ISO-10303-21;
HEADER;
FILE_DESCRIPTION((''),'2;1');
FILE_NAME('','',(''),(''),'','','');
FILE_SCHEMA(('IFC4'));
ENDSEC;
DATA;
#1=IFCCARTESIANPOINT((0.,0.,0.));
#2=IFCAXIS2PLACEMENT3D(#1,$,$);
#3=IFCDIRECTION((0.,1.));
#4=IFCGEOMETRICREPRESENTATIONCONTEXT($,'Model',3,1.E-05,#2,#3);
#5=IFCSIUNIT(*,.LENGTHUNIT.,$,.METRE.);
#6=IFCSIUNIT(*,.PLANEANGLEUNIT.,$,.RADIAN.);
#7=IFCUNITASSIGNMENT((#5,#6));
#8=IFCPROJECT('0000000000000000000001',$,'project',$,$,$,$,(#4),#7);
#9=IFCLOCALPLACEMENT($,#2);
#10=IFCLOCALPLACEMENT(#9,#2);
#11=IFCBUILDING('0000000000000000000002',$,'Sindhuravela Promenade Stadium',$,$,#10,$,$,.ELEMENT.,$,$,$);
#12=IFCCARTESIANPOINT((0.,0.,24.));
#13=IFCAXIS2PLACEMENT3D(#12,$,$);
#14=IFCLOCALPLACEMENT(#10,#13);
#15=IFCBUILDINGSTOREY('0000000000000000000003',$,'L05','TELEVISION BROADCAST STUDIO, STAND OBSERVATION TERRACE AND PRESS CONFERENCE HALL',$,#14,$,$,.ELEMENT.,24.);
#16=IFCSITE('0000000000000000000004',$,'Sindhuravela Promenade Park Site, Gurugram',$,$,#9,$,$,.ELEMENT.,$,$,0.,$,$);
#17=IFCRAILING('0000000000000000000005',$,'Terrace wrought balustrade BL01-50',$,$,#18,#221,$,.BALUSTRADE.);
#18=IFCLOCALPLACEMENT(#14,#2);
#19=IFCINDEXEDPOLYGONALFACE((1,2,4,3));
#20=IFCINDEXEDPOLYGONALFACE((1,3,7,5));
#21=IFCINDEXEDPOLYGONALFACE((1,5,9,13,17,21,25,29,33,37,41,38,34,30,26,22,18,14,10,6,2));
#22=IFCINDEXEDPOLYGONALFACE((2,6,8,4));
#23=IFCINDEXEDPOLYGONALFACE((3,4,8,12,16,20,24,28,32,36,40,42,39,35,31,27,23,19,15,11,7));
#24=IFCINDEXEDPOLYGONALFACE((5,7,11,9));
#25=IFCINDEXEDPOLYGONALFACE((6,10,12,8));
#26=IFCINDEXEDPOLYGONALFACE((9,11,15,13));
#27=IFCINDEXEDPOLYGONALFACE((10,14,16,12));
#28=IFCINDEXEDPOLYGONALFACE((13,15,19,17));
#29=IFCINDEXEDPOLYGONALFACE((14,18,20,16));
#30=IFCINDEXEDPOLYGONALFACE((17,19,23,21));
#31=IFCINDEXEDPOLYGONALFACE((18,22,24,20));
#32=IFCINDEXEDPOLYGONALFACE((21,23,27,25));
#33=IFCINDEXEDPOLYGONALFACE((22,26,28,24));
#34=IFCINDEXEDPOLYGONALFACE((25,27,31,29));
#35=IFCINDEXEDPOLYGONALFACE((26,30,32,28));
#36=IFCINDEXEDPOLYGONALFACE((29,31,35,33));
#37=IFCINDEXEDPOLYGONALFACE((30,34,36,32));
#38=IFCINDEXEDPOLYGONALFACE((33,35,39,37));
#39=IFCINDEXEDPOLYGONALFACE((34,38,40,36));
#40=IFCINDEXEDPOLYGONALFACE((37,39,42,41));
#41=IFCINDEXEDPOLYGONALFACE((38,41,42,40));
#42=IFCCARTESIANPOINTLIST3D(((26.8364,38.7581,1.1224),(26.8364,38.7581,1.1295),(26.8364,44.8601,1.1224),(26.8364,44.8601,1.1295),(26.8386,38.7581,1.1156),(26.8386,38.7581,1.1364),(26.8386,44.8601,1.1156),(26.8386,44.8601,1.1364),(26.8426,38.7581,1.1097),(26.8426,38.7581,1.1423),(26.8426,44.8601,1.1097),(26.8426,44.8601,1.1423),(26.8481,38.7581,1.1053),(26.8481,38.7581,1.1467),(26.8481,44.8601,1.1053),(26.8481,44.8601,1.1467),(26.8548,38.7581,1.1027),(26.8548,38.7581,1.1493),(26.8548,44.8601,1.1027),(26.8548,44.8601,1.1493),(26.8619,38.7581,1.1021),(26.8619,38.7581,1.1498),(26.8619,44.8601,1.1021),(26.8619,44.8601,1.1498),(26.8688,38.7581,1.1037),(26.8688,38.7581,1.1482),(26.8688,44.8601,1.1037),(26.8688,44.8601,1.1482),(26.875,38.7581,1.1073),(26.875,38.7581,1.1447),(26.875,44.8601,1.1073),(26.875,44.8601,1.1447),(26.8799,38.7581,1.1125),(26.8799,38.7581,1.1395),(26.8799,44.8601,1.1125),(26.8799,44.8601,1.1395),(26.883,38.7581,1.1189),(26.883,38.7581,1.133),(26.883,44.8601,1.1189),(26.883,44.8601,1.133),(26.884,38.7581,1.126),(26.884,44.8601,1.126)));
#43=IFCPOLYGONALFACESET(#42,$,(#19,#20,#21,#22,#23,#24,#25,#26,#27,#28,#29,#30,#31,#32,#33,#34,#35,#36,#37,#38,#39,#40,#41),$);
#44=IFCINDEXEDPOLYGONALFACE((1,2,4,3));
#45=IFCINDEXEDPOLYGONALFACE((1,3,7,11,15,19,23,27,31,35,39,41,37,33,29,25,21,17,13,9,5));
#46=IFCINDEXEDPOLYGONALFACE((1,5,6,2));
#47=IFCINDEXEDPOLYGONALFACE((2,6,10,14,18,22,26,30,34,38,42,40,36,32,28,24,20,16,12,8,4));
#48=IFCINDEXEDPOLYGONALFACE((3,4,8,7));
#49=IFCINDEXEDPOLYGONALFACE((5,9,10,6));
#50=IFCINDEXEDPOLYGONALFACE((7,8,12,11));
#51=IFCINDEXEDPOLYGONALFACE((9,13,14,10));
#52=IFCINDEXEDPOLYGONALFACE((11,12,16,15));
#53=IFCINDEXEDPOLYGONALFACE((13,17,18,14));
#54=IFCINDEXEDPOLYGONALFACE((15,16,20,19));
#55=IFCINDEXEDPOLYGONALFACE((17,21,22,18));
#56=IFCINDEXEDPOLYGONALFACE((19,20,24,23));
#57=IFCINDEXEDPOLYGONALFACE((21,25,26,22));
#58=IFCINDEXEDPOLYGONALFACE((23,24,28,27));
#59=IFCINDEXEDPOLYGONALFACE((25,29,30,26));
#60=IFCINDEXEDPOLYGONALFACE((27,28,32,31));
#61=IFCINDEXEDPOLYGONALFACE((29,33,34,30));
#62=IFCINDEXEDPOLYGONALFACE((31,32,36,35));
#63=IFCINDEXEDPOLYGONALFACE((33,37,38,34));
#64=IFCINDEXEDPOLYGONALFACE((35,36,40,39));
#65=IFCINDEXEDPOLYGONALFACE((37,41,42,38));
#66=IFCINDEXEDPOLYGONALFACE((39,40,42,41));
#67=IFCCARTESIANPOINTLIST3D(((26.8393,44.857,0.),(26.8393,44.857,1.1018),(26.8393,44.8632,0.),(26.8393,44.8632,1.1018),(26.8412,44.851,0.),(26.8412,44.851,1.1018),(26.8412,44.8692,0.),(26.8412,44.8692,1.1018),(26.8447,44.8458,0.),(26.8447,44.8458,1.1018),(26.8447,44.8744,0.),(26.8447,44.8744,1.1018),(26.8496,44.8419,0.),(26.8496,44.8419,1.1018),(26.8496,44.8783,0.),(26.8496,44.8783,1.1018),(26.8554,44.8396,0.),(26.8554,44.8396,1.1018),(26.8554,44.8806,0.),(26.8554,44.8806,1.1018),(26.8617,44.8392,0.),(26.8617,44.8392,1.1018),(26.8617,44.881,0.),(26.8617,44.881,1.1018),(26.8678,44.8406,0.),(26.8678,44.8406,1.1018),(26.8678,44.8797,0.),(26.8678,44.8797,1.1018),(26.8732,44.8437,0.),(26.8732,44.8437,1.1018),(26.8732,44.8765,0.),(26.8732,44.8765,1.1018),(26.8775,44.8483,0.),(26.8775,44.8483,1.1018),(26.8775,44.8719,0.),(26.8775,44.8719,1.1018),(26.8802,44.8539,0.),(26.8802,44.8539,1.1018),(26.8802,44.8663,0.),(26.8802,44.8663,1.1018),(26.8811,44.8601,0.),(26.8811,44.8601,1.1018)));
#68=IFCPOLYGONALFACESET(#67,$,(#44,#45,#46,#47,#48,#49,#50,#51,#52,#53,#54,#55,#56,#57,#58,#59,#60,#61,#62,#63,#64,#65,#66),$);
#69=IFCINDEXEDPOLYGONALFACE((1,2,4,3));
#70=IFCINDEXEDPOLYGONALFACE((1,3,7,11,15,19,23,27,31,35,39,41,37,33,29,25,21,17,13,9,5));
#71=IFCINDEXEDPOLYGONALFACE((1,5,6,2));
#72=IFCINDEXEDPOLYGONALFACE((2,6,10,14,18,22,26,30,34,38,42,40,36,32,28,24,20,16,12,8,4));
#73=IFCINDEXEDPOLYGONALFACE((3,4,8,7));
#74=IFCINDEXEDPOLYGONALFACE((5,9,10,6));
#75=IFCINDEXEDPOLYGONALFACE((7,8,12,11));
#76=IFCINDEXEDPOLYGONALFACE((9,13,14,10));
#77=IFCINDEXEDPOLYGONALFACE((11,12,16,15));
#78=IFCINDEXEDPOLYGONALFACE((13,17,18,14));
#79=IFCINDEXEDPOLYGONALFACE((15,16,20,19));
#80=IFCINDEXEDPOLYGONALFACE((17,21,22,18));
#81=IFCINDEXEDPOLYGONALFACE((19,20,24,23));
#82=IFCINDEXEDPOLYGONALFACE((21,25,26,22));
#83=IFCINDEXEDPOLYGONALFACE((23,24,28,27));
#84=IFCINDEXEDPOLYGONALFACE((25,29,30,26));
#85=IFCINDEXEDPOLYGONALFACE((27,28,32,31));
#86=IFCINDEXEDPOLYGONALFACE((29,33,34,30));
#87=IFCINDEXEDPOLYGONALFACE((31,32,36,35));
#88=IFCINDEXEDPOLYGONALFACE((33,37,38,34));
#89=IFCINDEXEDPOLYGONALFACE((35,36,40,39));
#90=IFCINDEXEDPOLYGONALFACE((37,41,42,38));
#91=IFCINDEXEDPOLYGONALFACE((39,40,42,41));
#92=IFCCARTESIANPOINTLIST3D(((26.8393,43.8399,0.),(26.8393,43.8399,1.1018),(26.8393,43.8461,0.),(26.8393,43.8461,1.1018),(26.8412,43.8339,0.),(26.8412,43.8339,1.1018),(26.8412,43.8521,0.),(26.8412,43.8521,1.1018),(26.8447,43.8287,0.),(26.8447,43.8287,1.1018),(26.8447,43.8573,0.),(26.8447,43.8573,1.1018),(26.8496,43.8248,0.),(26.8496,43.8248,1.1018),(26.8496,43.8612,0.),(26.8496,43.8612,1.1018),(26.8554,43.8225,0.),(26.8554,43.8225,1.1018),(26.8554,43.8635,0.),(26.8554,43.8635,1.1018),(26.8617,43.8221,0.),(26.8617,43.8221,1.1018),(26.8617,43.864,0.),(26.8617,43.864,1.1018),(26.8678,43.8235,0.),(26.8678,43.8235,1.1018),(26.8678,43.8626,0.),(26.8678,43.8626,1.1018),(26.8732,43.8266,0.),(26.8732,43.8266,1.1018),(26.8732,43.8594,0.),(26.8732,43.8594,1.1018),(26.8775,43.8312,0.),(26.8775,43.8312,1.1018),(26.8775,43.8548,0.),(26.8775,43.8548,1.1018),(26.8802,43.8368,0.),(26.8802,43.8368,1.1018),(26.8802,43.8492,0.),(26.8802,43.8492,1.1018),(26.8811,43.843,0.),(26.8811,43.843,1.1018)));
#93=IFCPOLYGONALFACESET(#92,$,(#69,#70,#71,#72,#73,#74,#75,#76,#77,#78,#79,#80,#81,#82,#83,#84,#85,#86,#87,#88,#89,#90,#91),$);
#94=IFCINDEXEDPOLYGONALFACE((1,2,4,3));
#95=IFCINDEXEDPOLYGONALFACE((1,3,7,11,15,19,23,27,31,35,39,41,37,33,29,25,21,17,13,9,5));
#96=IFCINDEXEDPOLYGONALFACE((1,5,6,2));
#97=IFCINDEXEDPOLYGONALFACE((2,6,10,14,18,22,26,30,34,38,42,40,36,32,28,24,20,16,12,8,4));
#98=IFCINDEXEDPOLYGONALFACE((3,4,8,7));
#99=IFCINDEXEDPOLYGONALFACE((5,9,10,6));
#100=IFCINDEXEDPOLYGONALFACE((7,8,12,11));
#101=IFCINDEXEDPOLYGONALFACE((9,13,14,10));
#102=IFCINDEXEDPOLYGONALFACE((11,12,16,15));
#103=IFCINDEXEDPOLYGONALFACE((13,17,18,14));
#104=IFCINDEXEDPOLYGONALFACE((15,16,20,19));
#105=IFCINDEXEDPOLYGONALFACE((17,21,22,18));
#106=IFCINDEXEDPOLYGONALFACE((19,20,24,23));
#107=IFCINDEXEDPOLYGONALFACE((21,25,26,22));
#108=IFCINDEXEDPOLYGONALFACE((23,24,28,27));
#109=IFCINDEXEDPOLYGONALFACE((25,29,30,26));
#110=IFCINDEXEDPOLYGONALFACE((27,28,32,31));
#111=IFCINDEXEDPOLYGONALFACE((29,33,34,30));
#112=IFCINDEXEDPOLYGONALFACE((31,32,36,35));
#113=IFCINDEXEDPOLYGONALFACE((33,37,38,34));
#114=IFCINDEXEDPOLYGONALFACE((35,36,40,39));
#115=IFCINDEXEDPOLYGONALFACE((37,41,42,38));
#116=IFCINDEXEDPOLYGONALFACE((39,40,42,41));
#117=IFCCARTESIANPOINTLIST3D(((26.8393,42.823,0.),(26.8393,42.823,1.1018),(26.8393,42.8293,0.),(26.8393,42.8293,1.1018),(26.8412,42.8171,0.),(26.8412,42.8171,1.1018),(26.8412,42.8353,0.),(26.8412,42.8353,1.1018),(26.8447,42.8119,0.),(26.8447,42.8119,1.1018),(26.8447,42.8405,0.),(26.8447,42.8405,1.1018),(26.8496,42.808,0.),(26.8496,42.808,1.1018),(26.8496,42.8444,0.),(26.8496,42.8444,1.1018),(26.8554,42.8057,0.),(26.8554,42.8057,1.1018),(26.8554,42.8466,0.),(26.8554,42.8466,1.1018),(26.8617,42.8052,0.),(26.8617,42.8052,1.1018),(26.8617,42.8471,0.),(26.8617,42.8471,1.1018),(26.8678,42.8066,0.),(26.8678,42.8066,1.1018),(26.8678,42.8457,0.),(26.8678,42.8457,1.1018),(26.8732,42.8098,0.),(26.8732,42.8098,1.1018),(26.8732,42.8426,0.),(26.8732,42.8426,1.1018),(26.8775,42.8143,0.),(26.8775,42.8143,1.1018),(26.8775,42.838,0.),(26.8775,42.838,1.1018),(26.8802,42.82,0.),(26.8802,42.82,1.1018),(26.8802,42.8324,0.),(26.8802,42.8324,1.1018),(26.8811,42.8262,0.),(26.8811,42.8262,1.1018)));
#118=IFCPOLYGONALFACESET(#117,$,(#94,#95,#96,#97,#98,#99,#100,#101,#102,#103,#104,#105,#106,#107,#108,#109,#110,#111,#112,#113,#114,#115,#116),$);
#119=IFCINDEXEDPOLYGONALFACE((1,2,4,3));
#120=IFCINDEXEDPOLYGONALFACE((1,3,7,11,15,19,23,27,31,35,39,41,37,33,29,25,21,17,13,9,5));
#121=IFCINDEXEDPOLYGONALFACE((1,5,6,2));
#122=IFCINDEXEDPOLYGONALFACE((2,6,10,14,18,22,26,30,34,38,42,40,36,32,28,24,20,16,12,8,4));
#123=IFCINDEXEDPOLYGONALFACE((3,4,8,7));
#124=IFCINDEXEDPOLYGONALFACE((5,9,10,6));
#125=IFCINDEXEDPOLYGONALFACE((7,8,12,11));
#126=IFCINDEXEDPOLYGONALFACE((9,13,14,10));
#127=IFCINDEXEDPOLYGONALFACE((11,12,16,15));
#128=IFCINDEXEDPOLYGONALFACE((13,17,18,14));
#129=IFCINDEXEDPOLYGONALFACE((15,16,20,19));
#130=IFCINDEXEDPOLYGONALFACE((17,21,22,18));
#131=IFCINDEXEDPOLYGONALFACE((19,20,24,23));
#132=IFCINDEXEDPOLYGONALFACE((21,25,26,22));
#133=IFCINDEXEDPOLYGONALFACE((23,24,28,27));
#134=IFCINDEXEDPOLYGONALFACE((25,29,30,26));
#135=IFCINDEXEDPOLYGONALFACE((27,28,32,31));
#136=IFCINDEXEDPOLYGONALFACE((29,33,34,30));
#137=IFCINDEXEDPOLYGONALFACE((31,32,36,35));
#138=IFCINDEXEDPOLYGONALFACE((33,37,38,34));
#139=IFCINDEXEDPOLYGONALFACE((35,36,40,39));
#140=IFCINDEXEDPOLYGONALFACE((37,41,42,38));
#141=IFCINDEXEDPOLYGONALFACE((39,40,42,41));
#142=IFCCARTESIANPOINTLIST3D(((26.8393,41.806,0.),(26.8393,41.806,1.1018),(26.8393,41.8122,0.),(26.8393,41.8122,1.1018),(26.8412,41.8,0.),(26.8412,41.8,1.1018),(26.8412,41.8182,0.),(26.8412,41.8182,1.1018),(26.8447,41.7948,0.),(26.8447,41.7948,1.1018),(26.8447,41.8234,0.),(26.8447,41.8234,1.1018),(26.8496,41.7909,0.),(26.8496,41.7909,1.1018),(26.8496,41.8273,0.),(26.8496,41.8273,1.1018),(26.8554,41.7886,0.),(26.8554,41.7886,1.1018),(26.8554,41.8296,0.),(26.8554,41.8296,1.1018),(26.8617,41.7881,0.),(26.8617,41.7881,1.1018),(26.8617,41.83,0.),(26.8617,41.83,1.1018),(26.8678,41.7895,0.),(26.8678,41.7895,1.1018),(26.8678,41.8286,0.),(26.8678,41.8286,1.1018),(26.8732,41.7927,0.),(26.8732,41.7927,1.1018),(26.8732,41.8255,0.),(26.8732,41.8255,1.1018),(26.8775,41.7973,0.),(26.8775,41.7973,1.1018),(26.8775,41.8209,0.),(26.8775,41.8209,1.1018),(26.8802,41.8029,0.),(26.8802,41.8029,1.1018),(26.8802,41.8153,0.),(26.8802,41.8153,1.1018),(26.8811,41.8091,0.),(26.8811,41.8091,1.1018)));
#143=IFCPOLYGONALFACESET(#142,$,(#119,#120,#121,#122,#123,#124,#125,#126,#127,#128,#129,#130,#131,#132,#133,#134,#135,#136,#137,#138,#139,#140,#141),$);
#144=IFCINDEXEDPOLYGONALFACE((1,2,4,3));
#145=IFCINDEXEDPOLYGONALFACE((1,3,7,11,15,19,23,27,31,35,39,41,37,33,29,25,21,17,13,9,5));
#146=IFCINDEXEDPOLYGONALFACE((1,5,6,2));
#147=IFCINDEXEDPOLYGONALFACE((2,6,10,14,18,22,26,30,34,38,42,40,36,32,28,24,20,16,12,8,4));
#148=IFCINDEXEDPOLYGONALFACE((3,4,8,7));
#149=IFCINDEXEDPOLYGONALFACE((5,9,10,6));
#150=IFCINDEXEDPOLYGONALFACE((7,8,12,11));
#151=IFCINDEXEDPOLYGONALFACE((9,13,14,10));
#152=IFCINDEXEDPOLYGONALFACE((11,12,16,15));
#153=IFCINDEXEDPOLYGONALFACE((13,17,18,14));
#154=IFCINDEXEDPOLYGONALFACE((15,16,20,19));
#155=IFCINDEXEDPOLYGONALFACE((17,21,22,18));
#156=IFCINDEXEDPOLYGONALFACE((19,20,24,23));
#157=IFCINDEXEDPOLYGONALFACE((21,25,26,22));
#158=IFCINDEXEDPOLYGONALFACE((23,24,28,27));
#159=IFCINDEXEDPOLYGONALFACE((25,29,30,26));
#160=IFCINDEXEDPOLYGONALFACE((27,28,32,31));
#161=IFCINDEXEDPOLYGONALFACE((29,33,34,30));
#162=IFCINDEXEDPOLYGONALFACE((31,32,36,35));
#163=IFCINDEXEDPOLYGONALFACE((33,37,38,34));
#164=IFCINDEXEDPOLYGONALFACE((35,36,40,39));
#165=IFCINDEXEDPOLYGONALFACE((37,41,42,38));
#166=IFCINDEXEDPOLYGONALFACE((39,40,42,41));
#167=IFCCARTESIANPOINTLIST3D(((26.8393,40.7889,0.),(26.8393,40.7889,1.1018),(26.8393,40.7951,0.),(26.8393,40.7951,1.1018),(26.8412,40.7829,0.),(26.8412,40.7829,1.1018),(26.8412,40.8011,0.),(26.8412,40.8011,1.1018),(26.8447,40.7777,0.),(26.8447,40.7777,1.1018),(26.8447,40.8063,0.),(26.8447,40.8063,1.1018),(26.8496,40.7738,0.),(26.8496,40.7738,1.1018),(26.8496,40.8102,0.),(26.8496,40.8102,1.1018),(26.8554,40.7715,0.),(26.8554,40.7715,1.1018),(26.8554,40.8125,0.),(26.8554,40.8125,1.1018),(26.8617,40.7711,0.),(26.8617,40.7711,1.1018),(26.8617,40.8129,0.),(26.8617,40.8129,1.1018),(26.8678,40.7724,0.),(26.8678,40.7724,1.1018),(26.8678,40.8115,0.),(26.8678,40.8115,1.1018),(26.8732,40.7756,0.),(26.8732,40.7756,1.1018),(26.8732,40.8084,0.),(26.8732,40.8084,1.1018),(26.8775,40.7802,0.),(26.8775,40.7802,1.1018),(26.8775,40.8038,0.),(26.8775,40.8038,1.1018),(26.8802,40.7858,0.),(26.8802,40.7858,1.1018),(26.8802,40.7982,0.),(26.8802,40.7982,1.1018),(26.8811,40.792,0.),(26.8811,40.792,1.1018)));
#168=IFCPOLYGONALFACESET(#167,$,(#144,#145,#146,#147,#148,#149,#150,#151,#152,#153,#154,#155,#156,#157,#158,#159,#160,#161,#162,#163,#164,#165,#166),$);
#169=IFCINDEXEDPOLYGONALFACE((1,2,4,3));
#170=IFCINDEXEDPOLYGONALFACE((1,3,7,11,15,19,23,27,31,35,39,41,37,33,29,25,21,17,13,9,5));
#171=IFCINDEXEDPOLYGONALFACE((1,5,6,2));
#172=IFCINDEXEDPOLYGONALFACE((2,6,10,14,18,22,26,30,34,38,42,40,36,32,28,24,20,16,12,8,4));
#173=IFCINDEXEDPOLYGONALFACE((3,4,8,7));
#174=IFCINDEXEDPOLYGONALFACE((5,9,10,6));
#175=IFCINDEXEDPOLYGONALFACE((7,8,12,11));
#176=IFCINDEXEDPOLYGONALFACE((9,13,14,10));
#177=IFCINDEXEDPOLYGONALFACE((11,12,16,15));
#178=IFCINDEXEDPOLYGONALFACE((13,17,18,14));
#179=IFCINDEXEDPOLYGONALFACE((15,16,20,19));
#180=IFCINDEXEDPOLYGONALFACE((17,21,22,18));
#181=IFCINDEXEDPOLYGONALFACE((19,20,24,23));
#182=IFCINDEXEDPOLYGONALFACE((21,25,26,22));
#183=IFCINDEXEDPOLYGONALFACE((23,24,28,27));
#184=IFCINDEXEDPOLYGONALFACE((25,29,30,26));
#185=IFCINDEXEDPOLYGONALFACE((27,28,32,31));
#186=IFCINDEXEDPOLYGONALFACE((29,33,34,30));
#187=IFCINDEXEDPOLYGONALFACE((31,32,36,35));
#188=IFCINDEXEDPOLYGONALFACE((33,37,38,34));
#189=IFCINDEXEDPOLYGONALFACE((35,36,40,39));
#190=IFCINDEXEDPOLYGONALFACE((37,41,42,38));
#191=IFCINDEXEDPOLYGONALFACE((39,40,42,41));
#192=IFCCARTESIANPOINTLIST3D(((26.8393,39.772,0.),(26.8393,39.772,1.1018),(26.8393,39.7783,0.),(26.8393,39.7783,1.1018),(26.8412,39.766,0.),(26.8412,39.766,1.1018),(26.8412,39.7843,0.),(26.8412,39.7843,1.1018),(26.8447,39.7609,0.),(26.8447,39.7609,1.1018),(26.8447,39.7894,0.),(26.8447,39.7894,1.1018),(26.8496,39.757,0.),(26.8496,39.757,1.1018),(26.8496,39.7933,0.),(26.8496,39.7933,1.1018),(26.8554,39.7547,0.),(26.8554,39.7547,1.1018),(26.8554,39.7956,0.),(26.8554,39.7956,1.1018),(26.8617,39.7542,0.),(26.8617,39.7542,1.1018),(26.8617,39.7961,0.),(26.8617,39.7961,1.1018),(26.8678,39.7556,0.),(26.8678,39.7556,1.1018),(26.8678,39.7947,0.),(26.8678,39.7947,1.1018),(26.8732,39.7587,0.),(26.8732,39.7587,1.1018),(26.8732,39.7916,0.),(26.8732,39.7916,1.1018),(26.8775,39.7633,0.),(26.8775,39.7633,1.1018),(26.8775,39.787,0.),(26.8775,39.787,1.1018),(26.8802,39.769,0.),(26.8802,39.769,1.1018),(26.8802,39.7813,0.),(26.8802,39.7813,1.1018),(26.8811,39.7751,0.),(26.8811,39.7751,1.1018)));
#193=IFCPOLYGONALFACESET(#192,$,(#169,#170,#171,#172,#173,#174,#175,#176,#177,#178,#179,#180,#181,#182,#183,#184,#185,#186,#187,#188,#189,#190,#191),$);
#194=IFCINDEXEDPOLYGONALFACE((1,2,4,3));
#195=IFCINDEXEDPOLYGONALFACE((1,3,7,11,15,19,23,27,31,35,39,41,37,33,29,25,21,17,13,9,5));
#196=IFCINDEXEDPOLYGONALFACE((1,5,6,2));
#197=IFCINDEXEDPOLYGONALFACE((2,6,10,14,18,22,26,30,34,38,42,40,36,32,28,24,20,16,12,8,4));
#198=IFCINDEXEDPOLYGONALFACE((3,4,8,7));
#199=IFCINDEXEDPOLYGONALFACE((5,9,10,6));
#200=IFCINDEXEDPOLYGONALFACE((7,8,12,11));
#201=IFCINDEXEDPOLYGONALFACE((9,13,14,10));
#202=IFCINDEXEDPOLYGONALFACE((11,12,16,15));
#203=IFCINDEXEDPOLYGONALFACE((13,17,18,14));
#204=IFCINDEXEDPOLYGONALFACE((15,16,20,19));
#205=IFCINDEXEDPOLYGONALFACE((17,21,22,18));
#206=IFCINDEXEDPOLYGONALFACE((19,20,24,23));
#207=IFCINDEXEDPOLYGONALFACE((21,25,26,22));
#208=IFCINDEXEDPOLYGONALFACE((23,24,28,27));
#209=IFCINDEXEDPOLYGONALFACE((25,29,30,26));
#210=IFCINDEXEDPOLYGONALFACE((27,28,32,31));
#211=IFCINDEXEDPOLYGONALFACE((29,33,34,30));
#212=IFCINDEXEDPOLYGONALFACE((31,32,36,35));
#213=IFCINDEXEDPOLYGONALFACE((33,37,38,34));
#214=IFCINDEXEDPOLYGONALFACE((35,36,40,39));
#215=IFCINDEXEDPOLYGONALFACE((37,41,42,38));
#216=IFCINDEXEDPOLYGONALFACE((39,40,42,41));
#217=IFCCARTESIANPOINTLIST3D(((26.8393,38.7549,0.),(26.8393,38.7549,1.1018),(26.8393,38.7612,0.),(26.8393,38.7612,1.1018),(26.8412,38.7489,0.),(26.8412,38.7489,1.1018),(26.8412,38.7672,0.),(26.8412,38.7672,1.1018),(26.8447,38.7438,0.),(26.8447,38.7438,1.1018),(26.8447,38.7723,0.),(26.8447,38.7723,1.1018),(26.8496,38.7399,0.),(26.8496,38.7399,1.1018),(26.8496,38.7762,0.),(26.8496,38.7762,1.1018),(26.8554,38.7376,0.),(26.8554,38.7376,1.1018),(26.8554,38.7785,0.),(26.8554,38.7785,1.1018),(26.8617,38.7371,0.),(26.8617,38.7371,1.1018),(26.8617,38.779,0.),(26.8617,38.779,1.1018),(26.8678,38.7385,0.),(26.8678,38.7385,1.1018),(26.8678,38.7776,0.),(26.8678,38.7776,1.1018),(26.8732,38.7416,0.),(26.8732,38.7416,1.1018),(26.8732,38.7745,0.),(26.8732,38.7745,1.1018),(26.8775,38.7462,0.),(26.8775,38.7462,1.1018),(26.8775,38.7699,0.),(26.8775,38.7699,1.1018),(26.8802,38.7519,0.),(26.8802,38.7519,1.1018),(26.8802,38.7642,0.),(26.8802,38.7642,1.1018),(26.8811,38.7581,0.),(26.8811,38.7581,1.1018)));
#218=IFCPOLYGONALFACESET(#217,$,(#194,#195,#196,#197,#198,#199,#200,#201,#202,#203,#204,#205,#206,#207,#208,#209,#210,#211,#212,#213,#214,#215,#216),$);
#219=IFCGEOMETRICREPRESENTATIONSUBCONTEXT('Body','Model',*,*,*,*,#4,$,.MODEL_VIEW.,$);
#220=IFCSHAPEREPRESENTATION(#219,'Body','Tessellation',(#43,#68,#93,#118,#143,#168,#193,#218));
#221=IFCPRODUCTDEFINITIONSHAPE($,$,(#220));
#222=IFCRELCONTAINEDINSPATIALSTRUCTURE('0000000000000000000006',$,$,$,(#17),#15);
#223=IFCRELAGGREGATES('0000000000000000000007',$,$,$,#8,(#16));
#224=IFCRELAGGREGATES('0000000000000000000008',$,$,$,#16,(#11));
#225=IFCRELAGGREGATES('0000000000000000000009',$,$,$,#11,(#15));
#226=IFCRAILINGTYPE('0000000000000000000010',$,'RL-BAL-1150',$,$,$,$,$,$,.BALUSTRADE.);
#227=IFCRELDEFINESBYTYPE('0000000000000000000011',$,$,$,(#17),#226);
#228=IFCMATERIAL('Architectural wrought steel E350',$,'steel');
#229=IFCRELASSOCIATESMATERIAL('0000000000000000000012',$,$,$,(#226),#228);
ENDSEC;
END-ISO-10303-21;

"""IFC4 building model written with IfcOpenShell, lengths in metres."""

from ifc_helpers import new_model, si_unit, direction, frame, origin, origin_2d, place, context, subcontext, project, spatial, circle, extrude, material, type_object, element, save


model = new_model("IFC4")

# Units and contexts
model_context = context("Model", 3, precision=1e-05, world=origin(), true_north=direction((0.0, 1.0)))
body_context = subcontext(model_context, "Body", "Model", "MODEL_VIEW")
ifc_project = project(units=[si_unit("LENGTHUNIT", "METRE"), si_unit("PLANEANGLEUNIT", "RADIAN")], contexts=[model_context])

# Site, building, storey
site_placement = place(None, origin())
site = spatial("IfcSite", under=ifc_project, at=site_placement, Name="Sindhuravela Promenade Park Site, Gurugram", CompositionType="ELEMENT", RefElevation=0.0)
building_placement = place(site_placement, origin())
building = spatial("IfcBuilding", under=site, at=building_placement, Name="Sindhuravela Promenade Stadium", CompositionType="ELEMENT")
storey_placement = place(building_placement, frame((0.0, 0.0, 24.0)))
storey = spatial("IfcBuildingStorey", under=building, at=storey_placement, Name="L05", Description="TELEVISION BROADCAST STUDIO, STAND OBSERVATION TERRACE AND PRESS CONFERENCE HALL", CompositionType="ELEMENT", Elevation=24.0)

# Shared definitions
ifc_material_1 = material(Name="Architectural wrought steel E350", Category="steel")

# Railing
railing_type = type_object("IfcRailingType", Name="RL-BAL-1150", PredefinedType="BALUSTRADE", material=ifc_material_1)
railing_1_placement = place(storey_placement, frame((26.8601, 44.8601, 0.0)))
element("IfcRailing", 1, at=railing_1_placement, inside=storey, type_object=railing_type, Name="Terrace wrought balustrade BL01-50", PredefinedType="BALUSTRADE", context=body_context, shape_type="SweptSolid", body=[
    extrude(circle(Radius=0.0239, at=origin_2d()), frame((0.0, 0.0, 1.126), z_axis=(0.0, -1.0, 0.0), x_axis=(1.0, 0.0, 0.0)), (0.0, 0.0, 1.0), 6.1021),
    extrude(circle(Radius=0.021, at=origin_2d()), origin(), (0.0, 0.0, 1.0), 1.1018),
    extrude(circle(Radius=0.021, at=origin_2d()), frame((0.0, -1.0171, 0.0)), (0.0, 0.0, 1.0), 1.1018),
    extrude(circle(Radius=0.021, at=origin_2d()), frame((0.0, -2.0339, 0.0)), (0.0, 0.0, 1.0), 1.1018),
    extrude(circle(Radius=0.021, at=origin_2d()), frame((0.0, -3.051, 0.0)), (0.0, 0.0, 1.0), 1.1018),
    extrude(circle(Radius=0.021, at=origin_2d()), frame((0.0, -4.0681, 0.0)), (0.0, 0.0, 1.0), 1.1018),
    extrude(circle(Radius=0.021, at=origin_2d()), frame((0.0, -5.085, 0.0)), (0.0, 0.0, 1.0), 1.1018),
    extrude(circle(Radius=0.021, at=origin_2d()), frame((0.0, -6.1021, 0.0)), (0.0, 0.0, 1.0), 1.1018),
])

save(model, "model.ifc")
